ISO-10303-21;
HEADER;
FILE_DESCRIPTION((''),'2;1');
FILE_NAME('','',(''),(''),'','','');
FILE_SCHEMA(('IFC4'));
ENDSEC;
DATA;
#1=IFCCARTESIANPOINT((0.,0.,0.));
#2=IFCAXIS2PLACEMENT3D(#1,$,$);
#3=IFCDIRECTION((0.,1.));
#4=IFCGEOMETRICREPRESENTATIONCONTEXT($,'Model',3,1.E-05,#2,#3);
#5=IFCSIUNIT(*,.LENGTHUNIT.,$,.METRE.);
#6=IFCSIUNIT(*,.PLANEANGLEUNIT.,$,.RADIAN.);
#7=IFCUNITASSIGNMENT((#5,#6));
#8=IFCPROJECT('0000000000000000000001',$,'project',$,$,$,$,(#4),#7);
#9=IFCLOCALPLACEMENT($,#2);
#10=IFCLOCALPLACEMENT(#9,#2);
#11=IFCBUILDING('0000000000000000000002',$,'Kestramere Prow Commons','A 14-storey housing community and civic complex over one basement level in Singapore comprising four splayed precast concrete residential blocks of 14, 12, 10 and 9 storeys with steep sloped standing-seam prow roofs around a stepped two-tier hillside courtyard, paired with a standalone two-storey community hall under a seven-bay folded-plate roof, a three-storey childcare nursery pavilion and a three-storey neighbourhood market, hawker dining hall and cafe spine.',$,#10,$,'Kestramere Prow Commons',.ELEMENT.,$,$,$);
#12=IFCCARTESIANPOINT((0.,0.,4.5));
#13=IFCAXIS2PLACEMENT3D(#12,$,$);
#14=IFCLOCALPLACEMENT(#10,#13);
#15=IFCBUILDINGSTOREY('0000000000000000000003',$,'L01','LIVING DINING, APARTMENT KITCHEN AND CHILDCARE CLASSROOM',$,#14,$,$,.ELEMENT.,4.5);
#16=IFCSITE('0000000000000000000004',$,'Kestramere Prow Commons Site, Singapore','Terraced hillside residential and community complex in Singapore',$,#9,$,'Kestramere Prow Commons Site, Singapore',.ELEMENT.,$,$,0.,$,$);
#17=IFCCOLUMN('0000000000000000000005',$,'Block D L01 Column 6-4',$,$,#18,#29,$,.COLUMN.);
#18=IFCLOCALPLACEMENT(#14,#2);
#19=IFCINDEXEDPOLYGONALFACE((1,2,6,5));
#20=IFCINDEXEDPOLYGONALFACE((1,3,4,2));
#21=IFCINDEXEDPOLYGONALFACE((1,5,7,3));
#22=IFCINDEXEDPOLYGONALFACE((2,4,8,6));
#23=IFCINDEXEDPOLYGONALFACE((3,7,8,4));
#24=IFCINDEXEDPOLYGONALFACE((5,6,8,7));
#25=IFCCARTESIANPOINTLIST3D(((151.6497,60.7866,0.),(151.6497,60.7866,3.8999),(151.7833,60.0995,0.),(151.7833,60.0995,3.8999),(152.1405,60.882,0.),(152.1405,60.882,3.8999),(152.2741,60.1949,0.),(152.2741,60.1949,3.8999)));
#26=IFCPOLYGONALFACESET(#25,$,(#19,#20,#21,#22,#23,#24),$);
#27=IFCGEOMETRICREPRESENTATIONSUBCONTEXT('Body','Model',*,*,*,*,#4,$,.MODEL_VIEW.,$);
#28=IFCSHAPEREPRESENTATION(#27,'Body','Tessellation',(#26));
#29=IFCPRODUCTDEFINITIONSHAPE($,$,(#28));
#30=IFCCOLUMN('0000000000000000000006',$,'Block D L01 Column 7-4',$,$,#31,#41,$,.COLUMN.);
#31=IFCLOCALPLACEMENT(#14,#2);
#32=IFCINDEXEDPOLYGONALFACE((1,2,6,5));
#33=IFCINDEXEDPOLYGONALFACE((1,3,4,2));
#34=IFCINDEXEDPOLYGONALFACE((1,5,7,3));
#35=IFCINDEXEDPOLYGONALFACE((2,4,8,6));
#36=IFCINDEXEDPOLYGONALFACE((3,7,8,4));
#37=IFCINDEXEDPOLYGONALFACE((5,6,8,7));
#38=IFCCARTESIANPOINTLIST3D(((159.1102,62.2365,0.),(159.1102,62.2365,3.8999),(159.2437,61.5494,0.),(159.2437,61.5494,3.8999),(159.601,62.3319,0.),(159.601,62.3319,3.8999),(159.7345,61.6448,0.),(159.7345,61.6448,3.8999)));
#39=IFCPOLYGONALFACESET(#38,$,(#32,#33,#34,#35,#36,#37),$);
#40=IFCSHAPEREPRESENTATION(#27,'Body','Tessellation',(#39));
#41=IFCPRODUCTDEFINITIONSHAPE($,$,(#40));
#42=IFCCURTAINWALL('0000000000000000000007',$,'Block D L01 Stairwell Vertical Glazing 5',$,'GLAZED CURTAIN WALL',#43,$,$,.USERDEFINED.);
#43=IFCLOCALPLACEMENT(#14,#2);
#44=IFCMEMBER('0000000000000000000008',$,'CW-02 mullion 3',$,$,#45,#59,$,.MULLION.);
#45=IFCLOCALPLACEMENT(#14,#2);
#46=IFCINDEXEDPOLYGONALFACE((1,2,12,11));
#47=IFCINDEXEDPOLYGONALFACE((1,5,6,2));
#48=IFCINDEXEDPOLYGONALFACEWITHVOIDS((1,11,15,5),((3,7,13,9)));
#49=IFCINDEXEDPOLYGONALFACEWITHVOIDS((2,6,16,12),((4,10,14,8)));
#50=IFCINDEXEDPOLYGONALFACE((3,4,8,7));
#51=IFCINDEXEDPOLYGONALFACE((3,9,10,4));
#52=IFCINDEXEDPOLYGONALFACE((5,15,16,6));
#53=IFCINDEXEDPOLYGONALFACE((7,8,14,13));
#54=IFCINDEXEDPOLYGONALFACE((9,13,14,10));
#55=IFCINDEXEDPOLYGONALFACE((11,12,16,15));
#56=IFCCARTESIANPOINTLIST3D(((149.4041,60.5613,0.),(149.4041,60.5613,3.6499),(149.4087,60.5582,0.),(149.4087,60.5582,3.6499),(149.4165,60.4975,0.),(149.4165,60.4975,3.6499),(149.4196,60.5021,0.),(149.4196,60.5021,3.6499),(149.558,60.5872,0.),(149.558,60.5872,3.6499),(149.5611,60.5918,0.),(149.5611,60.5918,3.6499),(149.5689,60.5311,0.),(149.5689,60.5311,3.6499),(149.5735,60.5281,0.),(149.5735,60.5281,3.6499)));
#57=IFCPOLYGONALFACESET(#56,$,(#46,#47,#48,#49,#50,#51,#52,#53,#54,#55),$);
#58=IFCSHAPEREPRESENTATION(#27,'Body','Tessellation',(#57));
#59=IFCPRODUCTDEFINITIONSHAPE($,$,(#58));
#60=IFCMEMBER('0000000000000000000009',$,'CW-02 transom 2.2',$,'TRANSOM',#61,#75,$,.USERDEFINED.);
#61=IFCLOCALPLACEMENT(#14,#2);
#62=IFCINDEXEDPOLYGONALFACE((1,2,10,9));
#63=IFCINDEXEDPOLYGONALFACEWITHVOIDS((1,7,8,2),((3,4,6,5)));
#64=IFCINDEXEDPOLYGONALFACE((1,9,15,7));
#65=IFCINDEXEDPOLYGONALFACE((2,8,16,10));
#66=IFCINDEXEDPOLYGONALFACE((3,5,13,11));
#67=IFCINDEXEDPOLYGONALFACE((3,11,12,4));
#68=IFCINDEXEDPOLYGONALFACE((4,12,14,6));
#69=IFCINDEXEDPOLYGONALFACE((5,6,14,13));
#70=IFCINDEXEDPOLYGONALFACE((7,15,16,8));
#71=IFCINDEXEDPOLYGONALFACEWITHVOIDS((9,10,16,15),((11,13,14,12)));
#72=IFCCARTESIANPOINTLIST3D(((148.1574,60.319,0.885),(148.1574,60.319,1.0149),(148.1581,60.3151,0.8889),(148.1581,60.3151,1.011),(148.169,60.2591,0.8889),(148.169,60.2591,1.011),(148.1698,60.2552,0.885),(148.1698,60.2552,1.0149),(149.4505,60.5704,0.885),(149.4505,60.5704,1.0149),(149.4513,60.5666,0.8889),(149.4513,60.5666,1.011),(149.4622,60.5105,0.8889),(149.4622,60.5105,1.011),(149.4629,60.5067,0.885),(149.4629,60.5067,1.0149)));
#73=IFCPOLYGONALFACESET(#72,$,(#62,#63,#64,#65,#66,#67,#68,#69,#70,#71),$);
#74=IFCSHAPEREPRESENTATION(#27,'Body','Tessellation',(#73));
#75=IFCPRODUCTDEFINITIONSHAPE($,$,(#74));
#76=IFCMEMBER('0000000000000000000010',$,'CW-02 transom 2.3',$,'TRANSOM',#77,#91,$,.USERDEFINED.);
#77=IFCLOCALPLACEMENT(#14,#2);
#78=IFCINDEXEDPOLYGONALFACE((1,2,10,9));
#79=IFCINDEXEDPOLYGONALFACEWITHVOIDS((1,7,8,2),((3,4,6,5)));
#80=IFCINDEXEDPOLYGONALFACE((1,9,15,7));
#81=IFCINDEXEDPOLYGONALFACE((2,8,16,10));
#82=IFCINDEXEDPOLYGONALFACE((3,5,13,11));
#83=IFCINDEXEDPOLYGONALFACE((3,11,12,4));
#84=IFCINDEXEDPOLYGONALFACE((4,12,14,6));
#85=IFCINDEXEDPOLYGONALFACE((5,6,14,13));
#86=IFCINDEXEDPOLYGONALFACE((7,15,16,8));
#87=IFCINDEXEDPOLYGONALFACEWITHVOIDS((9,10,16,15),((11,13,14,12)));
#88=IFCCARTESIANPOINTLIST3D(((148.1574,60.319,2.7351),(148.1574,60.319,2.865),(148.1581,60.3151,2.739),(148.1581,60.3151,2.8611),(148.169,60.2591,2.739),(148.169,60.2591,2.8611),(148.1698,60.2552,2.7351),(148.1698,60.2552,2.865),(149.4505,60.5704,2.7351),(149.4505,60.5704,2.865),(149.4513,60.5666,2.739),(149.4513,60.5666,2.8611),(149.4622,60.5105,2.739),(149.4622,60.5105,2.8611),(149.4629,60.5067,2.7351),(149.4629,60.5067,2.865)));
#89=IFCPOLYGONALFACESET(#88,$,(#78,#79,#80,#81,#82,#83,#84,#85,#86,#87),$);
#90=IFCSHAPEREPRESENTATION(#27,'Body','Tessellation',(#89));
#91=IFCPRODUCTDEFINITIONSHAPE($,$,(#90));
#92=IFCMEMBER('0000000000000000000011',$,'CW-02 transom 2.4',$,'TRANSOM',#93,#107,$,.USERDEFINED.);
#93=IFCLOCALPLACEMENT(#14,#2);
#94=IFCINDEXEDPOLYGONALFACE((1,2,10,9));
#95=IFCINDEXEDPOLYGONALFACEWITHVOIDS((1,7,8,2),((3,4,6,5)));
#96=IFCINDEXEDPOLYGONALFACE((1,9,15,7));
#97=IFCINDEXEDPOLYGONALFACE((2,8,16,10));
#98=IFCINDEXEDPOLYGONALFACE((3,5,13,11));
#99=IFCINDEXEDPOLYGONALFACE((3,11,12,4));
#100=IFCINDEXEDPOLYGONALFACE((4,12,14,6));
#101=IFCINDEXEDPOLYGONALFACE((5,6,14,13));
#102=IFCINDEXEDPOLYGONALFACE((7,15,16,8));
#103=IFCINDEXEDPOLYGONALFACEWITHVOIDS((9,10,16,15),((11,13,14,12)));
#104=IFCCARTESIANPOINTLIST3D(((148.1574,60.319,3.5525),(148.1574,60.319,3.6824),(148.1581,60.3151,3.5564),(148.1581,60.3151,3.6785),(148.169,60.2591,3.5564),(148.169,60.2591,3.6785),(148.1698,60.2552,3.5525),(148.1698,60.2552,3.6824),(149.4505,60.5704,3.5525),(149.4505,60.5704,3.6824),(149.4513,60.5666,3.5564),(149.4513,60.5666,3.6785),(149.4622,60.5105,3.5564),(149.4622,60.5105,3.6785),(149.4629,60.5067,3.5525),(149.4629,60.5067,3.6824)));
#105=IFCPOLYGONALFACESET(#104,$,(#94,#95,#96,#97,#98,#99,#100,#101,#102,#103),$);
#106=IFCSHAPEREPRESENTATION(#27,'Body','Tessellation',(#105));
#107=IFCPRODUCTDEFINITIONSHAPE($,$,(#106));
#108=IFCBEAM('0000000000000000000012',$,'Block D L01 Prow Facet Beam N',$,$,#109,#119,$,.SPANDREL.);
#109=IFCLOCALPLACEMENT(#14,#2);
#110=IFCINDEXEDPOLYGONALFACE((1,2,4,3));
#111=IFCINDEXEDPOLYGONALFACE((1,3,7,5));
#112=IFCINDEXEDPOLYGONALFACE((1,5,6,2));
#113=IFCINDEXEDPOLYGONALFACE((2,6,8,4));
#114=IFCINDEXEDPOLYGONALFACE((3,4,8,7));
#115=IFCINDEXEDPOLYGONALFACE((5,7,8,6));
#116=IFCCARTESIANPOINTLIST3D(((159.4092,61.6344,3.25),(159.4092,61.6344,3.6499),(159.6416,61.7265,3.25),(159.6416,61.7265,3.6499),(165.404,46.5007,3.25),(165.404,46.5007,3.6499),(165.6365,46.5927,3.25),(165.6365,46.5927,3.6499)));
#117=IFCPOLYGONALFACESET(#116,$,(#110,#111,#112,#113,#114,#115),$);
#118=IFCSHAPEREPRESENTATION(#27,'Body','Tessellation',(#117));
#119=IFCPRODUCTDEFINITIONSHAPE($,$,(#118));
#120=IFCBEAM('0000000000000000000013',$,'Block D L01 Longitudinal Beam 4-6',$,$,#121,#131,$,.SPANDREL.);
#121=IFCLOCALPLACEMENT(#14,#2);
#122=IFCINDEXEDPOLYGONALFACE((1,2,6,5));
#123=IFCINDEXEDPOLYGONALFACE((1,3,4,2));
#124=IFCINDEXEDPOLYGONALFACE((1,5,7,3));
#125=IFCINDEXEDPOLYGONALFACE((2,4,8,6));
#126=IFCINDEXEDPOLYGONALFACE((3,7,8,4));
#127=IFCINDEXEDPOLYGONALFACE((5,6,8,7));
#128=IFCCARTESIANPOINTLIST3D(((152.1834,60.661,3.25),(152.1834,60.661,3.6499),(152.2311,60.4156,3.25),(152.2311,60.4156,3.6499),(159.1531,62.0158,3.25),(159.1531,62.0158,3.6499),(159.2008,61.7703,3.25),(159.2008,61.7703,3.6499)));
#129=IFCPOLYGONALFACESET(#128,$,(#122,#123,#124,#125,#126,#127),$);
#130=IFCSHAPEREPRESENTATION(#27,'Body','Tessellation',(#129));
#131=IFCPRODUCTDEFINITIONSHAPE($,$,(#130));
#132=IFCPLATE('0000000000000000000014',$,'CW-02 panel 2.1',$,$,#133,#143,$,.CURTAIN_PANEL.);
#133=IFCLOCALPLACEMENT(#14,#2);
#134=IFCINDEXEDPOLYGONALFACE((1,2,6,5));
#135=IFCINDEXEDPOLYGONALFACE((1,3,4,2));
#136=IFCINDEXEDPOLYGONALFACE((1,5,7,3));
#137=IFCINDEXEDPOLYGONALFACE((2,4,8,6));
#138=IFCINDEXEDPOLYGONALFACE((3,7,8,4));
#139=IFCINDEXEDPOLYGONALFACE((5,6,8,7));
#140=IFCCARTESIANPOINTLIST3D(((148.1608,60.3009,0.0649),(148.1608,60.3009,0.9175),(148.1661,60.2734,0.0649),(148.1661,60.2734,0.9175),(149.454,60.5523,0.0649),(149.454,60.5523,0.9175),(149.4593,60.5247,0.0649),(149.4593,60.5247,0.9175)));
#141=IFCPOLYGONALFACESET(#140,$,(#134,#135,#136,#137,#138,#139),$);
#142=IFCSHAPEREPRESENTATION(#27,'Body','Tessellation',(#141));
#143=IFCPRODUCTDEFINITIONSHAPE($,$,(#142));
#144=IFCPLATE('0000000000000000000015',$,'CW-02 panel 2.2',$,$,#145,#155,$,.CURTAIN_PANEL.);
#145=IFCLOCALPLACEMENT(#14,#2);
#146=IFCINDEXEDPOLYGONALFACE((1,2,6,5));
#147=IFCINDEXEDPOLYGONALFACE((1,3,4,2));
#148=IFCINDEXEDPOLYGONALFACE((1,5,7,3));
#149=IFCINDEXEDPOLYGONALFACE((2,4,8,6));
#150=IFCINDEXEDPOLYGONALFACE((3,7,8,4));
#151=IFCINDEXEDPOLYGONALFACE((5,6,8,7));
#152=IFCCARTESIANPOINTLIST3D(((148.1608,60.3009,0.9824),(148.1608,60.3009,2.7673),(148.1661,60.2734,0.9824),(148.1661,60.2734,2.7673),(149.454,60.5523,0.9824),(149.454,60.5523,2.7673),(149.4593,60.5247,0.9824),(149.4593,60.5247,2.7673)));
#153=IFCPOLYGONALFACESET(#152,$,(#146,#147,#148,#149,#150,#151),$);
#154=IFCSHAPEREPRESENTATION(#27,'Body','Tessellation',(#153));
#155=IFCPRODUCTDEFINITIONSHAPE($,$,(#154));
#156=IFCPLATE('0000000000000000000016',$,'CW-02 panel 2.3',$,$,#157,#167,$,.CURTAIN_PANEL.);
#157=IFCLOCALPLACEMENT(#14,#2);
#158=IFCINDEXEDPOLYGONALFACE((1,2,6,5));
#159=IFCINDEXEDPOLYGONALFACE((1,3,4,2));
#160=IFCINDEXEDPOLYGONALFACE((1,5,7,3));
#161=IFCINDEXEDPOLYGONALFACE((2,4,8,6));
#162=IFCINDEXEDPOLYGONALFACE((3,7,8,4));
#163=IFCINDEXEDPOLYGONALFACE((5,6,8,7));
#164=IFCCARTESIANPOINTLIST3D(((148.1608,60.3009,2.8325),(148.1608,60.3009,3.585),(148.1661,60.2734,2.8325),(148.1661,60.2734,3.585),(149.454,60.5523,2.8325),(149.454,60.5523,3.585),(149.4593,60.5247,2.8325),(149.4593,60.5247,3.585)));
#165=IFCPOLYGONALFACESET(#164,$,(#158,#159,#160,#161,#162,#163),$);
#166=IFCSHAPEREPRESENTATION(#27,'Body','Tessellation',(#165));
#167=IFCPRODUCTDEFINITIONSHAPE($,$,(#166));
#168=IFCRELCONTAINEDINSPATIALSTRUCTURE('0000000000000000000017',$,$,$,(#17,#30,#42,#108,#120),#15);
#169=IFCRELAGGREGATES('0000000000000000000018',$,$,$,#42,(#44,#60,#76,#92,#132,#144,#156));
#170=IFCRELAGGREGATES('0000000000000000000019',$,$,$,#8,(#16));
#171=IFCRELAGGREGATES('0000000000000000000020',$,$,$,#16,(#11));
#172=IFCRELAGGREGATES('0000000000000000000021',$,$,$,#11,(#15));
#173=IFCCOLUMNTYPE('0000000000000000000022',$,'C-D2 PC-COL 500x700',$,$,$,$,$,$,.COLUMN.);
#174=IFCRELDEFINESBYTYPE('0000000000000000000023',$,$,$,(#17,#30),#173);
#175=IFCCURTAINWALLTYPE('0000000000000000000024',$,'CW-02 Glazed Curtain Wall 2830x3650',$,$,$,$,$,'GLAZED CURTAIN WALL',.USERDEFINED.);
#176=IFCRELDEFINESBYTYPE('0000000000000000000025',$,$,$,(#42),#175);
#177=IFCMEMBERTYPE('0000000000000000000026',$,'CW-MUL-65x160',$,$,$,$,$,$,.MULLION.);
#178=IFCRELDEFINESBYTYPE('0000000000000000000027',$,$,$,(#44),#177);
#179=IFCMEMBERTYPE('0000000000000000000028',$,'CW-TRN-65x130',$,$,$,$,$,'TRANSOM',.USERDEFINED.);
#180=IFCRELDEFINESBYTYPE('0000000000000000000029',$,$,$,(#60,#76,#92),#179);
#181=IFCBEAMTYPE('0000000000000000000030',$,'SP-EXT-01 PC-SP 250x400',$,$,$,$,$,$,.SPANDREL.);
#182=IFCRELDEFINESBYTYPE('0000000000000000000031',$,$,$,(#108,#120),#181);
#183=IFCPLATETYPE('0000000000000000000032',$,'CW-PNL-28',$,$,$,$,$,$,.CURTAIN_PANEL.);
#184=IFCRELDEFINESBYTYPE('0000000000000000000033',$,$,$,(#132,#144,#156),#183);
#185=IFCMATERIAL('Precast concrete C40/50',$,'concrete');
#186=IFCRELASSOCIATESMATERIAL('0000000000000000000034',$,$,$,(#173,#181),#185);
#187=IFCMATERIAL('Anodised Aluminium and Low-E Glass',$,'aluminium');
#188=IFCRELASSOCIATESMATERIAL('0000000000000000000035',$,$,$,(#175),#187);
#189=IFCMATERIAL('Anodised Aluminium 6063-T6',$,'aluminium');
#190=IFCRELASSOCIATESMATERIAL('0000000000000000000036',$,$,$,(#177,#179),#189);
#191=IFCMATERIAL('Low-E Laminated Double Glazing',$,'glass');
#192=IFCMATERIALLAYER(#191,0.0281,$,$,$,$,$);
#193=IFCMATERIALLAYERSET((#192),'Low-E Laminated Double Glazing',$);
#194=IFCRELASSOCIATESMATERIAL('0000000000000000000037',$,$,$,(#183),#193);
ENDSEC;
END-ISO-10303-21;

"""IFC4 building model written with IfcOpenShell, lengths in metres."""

from ifc_helpers import new_model, si_unit, direction, frame, origin, origin_2d, place, context, subcontext, project, spatial, rectangle, hollow_rectangle, extrude, material, layer, layer_set, material_profile, profile_set, type_object, element, aggregate, save


model = new_model("IFC4")

# Units and contexts
model_context = context("Model", 3, precision=1e-05, world=origin(), true_north=direction((0.0, 1.0)))
body_context = subcontext(model_context, "Body", "Model", "MODEL_VIEW")
ifc_project = project(units=[si_unit("LENGTHUNIT", "METRE"), si_unit("PLANEANGLEUNIT", "RADIAN")], contexts=[model_context])

# Site, building, storey
site_placement = place(None, origin())
site = spatial("IfcSite", under=ifc_project, at=site_placement, Name="Kestramere Prow Commons Site, Singapore", Description="Terraced hillside residential and community complex in Singapore", LongName="Kestramere Prow Commons Site, Singapore", CompositionType="ELEMENT", RefElevation=0.0)
building_placement = place(site_placement, origin())
building = spatial("IfcBuilding", under=site, at=building_placement, Name="Kestramere Prow Commons", Description="A 14-storey housing community and civic complex over one basement level in Singapore comprising four splayed precast concrete residential blocks of 14, 12, 10 and 9 storeys with steep sloped standing-seam prow roofs around a stepped two-tier hillside courtyard, paired with a standalone two-storey community hall under a seven-bay folded-plate roof, a three-storey childcare nursery pavilion and a three-storey neighbourhood market, hawker dining hall and cafe spine.", LongName="Kestramere Prow Commons", CompositionType="ELEMENT")
storey_placement = place(building_placement, frame((0.0, 0.0, 4.5)))
storey = spatial("IfcBuildingStorey", under=building, at=storey_placement, Name="L01", Description="LIVING DINING, APARTMENT KITCHEN AND CHILDCARE CLASSROOM", CompositionType="ELEMENT", Elevation=4.5)

# Columns
ifc_material_1 = material(Name="Precast concrete C40/50", Category="concrete")
ifc_material_profile_1 = material_profile(ifc_material_1, rectangle(XDim=0.5, YDim=0.7, at=origin_2d()), Name="PC-COL 500x700")
ifc_profile_set_1 = profile_set([ifc_material_profile_1], Name="Precast concrete C40/50")
column_type = type_object("IfcColumnType", Name="C-D2 PC-COL 500x700", PredefinedType="COLUMN", material=ifc_profile_set_1)
for number, where, z_axis, x_axis, name in (
    (1, (151.9619, 60.4907, 0.0), (0.0, 0.0, 1.0), (0.981627, 0.190809, 0.0), "Block D L01 Column 6-4"),
    (2, (159.4224, 61.9407, 0.0), (0.0, 0.0, 1.0), (0.981627, 0.190809, 0.0), "Block D L01 Column 7-4"),
):
    element("IfcColumn", number, at=place(storey_placement, frame(where, z_axis=z_axis, x_axis=x_axis)), inside=storey, type_object=column_type, Name=name, PredefinedType="COLUMN", context=body_context, shape_type="SweptSolid", body=[
        extrude(rectangle(XDim=0.5, YDim=0.7, at=origin_2d()), origin(), (0.0, 0.0, 1.0), 3.8999),
    ])

# Curtain wall, members
ifc_material_2 = material(Name="Anodised Aluminium and Low-E Glass", Category="aluminium")
curtain_wall_type = type_object("IfcCurtainWallType", Name="CW-02 Glazed Curtain Wall 2830x3650", ElementType="GLAZED CURTAIN WALL", PredefinedType="USERDEFINED", material=ifc_material_2)
curtain_wall_placement = place(storey_placement, origin())
curtain_wall = element("IfcCurtainWall", 3, at=curtain_wall_placement, inside=storey, type_object=curtain_wall_type, Name="Block D L01 Stairwell Vertical Glazing 5", ObjectType="GLAZED CURTAIN WALL", PredefinedType="USERDEFINED")
ifc_material_3 = material(Name="Anodised Aluminium 6063-T6", Category="aluminium")
ifc_material_profile_2 = material_profile(ifc_material_3, hollow_rectangle(XDim=0.0649, YDim=0.1599, WallThickness=0.0039, at=origin_2d()), Name="ALU-MUL 65x160")
ifc_profile_set_2 = profile_set([ifc_material_profile_2], Name="Anodised Aluminium 6063-T6")
member_type_1 = type_object("IfcMemberType", Name="CW-MUL-65x160", PredefinedType="MULLION", material=ifc_profile_set_2)
member_1_placement = place(storey_placement, frame((149.4888, 60.5447, 0.0), z_axis=(0.0, 0.0, 1.0), x_axis=(-0.190809, 0.981627, 0.0)))
member_1 = element("IfcMember", 4, at=member_1_placement, type_object=member_type_1, Name="CW-02 mullion 3", PredefinedType="MULLION", context=body_context, shape_type="SweptSolid", body=[
    extrude(hollow_rectangle(XDim=0.0649, YDim=0.1599, WallThickness=0.0039, at=origin_2d()), origin(), (0.0, 0.0, 1.0), 3.6499),
])
ifc_material_profile_3 = material_profile(ifc_material_3, hollow_rectangle(XDim=0.0649, YDim=0.1299, WallThickness=0.0039, at=origin_2d()), Name="ALU-TRN 65x130")
ifc_profile_set_3 = profile_set([ifc_material_profile_3], Name="Anodised Aluminium 6063-T6")
member_type_2 = type_object("IfcMemberType", Name="CW-TRN-65x130", ElementType="TRANSOM", PredefinedType="USERDEFINED", material=ifc_profile_set_3)
member_2_placement = place(storey_placement, frame((148.1636, 60.2871, 0.95), z_axis=(0.981614, 0.190875, 0.0), x_axis=(-0.190875, 0.981614, 0.0)))
member_2 = element("IfcMember", 5, at=member_2_placement, type_object=member_type_2, Name="CW-02 transom 2.2", ObjectType="TRANSOM", PredefinedType="USERDEFINED", context=body_context, shape_type="SweptSolid", body=[
    extrude(hollow_rectangle(XDim=0.0649, YDim=0.1299, WallThickness=0.0039, at=origin_2d()), origin(), (0.0, 0.0, 1.0), 1.3174),
])
member_3_placement = place(storey_placement, frame((148.1636, 60.2871, 2.8), z_axis=(0.981614, 0.190875, 0.0), x_axis=(-0.190875, 0.981614, 0.0)))
member_3 = element("IfcMember", 6, at=member_3_placement, type_object=member_type_2, Name="CW-02 transom 2.3", ObjectType="TRANSOM", PredefinedType="USERDEFINED", context=body_context, shape_type="SweptSolid", body=[
    extrude(hollow_rectangle(XDim=0.0649, YDim=0.1299, WallThickness=0.0039, at=origin_2d()), origin(), (0.0, 0.0, 1.0), 1.3174),
])
member_4_placement = place(storey_placement, frame((148.1636, 60.2871, 3.6174), z_axis=(0.981614, 0.190875, 0.0), x_axis=(-0.190875, 0.981614, 0.0)))
member_4 = element("IfcMember", 7, at=member_4_placement, type_object=member_type_2, Name="CW-02 transom 2.4", ObjectType="TRANSOM", PredefinedType="USERDEFINED", context=body_context, shape_type="SweptSolid", body=[
    extrude(hollow_rectangle(XDim=0.0649, YDim=0.1299, WallThickness=0.0039, at=origin_2d()), origin(), (0.0, 0.0, 1.0), 1.3174),
])

# Beams
ifc_material_profile_4 = material_profile(ifc_material_1, rectangle(XDim=0.25, YDim=0.3999, at=origin_2d()), Name="PC-SP 250x400")
ifc_profile_set_4 = profile_set([ifc_material_profile_4], Name="Precast concrete C40/50")
beam_type = type_object("IfcBeamType", Name="SP-EXT-01 PC-SP 250x400", PredefinedType="SPANDREL", material=ifc_profile_set_4)
beam_1_placement = place(storey_placement, frame((159.5254, 61.6804, 3.45), z_axis=(0.368283, -0.929714, 0.0), x_axis=(0.929714, 0.368283, 0.0)))
element("IfcBeam", 8, at=beam_1_placement, inside=storey, type_object=beam_type, Name="Block D L01 Prow Facet Beam N", PredefinedType="SPANDREL", context=body_context, shape_type="SweptSolid", body=[
    extrude(rectangle(XDim=0.25, YDim=0.3999, at=origin_2d()), origin(), (0.0, 0.0, 1.0), 16.2778),
])
beam_2_placement = place(storey_placement, frame((152.2073, 60.5383, 3.45), z_axis=(0.981628, 0.190803, 0.0), x_axis=(-0.190803, 0.981628, 0.0)))
element("IfcBeam", 9, at=beam_2_placement, inside=storey, type_object=beam_type, Name="Block D L01 Longitudinal Beam 4-6", PredefinedType="SPANDREL", context=body_context, shape_type="SweptSolid", body=[
    extrude(rectangle(XDim=0.25, YDim=0.3999, at=origin_2d()), origin(), (0.0, 0.0, 1.0), 7.1001),
])

# Plates
ifc_material_4 = material(Name="Low-E Laminated Double Glazing", Category="glass")
ifc_layer_1 = layer(ifc_material_4, 0.0281)
ifc_layer_set_1 = layer_set([ifc_layer_1], Name="Low-E Laminated Double Glazing")
plate_type = type_object("IfcPlateType", Name="CW-PNL-28", PredefinedType="CURTAIN_PANEL", material=ifc_layer_set_1)
plate_1_placement = place(storey_placement, frame((148.8101, 60.4128, 0.0649), z_axis=(0.0, 0.0, 1.0), x_axis=(0.981627, 0.190809, 0.0)))
plate_1 = element("IfcPlate", 10, at=plate_1_placement, type_object=plate_type, Name="CW-02 panel 2.1", PredefinedType="CURTAIN_PANEL", context=body_context, shape_type="SweptSolid", body=[
    extrude(rectangle(XDim=1.3174, YDim=0.0281, at=origin_2d()), origin(), (0.0, 0.0, 1.0), 0.8525),
])
plate_2_placement = place(storey_placement, frame((148.8101, 60.4128, 0.9824), z_axis=(0.0, 0.0, 1.0), x_axis=(0.981627, 0.190809, 0.0)))
plate_2 = element("IfcPlate", 11, at=plate_2_placement, type_object=plate_type, Name="CW-02 panel 2.2", PredefinedType="CURTAIN_PANEL", context=body_context, shape_type="SweptSolid", body=[
    extrude(rectangle(XDim=1.3174, YDim=0.0281, at=origin_2d()), origin(), (0.0, 0.0, 1.0), 1.7849),
])
plate_3_placement = place(storey_placement, frame((148.8101, 60.4128, 2.8325), z_axis=(0.0, 0.0, 1.0), x_axis=(0.981627, 0.190809, 0.0)))
plate_3 = element("IfcPlate", 12, at=plate_3_placement, type_object=plate_type, Name="CW-02 panel 2.3", PredefinedType="CURTAIN_PANEL", context=body_context, shape_type="SweptSolid", body=[
    extrude(rectangle(XDim=1.3174, YDim=0.0281, at=origin_2d()), origin(), (0.0, 0.0, 1.0), 0.7524),
])
aggregate(curtain_wall, [member_1, member_2, member_3, member_4, plate_1, plate_2, plate_3])

save(model, "model.ifc")
